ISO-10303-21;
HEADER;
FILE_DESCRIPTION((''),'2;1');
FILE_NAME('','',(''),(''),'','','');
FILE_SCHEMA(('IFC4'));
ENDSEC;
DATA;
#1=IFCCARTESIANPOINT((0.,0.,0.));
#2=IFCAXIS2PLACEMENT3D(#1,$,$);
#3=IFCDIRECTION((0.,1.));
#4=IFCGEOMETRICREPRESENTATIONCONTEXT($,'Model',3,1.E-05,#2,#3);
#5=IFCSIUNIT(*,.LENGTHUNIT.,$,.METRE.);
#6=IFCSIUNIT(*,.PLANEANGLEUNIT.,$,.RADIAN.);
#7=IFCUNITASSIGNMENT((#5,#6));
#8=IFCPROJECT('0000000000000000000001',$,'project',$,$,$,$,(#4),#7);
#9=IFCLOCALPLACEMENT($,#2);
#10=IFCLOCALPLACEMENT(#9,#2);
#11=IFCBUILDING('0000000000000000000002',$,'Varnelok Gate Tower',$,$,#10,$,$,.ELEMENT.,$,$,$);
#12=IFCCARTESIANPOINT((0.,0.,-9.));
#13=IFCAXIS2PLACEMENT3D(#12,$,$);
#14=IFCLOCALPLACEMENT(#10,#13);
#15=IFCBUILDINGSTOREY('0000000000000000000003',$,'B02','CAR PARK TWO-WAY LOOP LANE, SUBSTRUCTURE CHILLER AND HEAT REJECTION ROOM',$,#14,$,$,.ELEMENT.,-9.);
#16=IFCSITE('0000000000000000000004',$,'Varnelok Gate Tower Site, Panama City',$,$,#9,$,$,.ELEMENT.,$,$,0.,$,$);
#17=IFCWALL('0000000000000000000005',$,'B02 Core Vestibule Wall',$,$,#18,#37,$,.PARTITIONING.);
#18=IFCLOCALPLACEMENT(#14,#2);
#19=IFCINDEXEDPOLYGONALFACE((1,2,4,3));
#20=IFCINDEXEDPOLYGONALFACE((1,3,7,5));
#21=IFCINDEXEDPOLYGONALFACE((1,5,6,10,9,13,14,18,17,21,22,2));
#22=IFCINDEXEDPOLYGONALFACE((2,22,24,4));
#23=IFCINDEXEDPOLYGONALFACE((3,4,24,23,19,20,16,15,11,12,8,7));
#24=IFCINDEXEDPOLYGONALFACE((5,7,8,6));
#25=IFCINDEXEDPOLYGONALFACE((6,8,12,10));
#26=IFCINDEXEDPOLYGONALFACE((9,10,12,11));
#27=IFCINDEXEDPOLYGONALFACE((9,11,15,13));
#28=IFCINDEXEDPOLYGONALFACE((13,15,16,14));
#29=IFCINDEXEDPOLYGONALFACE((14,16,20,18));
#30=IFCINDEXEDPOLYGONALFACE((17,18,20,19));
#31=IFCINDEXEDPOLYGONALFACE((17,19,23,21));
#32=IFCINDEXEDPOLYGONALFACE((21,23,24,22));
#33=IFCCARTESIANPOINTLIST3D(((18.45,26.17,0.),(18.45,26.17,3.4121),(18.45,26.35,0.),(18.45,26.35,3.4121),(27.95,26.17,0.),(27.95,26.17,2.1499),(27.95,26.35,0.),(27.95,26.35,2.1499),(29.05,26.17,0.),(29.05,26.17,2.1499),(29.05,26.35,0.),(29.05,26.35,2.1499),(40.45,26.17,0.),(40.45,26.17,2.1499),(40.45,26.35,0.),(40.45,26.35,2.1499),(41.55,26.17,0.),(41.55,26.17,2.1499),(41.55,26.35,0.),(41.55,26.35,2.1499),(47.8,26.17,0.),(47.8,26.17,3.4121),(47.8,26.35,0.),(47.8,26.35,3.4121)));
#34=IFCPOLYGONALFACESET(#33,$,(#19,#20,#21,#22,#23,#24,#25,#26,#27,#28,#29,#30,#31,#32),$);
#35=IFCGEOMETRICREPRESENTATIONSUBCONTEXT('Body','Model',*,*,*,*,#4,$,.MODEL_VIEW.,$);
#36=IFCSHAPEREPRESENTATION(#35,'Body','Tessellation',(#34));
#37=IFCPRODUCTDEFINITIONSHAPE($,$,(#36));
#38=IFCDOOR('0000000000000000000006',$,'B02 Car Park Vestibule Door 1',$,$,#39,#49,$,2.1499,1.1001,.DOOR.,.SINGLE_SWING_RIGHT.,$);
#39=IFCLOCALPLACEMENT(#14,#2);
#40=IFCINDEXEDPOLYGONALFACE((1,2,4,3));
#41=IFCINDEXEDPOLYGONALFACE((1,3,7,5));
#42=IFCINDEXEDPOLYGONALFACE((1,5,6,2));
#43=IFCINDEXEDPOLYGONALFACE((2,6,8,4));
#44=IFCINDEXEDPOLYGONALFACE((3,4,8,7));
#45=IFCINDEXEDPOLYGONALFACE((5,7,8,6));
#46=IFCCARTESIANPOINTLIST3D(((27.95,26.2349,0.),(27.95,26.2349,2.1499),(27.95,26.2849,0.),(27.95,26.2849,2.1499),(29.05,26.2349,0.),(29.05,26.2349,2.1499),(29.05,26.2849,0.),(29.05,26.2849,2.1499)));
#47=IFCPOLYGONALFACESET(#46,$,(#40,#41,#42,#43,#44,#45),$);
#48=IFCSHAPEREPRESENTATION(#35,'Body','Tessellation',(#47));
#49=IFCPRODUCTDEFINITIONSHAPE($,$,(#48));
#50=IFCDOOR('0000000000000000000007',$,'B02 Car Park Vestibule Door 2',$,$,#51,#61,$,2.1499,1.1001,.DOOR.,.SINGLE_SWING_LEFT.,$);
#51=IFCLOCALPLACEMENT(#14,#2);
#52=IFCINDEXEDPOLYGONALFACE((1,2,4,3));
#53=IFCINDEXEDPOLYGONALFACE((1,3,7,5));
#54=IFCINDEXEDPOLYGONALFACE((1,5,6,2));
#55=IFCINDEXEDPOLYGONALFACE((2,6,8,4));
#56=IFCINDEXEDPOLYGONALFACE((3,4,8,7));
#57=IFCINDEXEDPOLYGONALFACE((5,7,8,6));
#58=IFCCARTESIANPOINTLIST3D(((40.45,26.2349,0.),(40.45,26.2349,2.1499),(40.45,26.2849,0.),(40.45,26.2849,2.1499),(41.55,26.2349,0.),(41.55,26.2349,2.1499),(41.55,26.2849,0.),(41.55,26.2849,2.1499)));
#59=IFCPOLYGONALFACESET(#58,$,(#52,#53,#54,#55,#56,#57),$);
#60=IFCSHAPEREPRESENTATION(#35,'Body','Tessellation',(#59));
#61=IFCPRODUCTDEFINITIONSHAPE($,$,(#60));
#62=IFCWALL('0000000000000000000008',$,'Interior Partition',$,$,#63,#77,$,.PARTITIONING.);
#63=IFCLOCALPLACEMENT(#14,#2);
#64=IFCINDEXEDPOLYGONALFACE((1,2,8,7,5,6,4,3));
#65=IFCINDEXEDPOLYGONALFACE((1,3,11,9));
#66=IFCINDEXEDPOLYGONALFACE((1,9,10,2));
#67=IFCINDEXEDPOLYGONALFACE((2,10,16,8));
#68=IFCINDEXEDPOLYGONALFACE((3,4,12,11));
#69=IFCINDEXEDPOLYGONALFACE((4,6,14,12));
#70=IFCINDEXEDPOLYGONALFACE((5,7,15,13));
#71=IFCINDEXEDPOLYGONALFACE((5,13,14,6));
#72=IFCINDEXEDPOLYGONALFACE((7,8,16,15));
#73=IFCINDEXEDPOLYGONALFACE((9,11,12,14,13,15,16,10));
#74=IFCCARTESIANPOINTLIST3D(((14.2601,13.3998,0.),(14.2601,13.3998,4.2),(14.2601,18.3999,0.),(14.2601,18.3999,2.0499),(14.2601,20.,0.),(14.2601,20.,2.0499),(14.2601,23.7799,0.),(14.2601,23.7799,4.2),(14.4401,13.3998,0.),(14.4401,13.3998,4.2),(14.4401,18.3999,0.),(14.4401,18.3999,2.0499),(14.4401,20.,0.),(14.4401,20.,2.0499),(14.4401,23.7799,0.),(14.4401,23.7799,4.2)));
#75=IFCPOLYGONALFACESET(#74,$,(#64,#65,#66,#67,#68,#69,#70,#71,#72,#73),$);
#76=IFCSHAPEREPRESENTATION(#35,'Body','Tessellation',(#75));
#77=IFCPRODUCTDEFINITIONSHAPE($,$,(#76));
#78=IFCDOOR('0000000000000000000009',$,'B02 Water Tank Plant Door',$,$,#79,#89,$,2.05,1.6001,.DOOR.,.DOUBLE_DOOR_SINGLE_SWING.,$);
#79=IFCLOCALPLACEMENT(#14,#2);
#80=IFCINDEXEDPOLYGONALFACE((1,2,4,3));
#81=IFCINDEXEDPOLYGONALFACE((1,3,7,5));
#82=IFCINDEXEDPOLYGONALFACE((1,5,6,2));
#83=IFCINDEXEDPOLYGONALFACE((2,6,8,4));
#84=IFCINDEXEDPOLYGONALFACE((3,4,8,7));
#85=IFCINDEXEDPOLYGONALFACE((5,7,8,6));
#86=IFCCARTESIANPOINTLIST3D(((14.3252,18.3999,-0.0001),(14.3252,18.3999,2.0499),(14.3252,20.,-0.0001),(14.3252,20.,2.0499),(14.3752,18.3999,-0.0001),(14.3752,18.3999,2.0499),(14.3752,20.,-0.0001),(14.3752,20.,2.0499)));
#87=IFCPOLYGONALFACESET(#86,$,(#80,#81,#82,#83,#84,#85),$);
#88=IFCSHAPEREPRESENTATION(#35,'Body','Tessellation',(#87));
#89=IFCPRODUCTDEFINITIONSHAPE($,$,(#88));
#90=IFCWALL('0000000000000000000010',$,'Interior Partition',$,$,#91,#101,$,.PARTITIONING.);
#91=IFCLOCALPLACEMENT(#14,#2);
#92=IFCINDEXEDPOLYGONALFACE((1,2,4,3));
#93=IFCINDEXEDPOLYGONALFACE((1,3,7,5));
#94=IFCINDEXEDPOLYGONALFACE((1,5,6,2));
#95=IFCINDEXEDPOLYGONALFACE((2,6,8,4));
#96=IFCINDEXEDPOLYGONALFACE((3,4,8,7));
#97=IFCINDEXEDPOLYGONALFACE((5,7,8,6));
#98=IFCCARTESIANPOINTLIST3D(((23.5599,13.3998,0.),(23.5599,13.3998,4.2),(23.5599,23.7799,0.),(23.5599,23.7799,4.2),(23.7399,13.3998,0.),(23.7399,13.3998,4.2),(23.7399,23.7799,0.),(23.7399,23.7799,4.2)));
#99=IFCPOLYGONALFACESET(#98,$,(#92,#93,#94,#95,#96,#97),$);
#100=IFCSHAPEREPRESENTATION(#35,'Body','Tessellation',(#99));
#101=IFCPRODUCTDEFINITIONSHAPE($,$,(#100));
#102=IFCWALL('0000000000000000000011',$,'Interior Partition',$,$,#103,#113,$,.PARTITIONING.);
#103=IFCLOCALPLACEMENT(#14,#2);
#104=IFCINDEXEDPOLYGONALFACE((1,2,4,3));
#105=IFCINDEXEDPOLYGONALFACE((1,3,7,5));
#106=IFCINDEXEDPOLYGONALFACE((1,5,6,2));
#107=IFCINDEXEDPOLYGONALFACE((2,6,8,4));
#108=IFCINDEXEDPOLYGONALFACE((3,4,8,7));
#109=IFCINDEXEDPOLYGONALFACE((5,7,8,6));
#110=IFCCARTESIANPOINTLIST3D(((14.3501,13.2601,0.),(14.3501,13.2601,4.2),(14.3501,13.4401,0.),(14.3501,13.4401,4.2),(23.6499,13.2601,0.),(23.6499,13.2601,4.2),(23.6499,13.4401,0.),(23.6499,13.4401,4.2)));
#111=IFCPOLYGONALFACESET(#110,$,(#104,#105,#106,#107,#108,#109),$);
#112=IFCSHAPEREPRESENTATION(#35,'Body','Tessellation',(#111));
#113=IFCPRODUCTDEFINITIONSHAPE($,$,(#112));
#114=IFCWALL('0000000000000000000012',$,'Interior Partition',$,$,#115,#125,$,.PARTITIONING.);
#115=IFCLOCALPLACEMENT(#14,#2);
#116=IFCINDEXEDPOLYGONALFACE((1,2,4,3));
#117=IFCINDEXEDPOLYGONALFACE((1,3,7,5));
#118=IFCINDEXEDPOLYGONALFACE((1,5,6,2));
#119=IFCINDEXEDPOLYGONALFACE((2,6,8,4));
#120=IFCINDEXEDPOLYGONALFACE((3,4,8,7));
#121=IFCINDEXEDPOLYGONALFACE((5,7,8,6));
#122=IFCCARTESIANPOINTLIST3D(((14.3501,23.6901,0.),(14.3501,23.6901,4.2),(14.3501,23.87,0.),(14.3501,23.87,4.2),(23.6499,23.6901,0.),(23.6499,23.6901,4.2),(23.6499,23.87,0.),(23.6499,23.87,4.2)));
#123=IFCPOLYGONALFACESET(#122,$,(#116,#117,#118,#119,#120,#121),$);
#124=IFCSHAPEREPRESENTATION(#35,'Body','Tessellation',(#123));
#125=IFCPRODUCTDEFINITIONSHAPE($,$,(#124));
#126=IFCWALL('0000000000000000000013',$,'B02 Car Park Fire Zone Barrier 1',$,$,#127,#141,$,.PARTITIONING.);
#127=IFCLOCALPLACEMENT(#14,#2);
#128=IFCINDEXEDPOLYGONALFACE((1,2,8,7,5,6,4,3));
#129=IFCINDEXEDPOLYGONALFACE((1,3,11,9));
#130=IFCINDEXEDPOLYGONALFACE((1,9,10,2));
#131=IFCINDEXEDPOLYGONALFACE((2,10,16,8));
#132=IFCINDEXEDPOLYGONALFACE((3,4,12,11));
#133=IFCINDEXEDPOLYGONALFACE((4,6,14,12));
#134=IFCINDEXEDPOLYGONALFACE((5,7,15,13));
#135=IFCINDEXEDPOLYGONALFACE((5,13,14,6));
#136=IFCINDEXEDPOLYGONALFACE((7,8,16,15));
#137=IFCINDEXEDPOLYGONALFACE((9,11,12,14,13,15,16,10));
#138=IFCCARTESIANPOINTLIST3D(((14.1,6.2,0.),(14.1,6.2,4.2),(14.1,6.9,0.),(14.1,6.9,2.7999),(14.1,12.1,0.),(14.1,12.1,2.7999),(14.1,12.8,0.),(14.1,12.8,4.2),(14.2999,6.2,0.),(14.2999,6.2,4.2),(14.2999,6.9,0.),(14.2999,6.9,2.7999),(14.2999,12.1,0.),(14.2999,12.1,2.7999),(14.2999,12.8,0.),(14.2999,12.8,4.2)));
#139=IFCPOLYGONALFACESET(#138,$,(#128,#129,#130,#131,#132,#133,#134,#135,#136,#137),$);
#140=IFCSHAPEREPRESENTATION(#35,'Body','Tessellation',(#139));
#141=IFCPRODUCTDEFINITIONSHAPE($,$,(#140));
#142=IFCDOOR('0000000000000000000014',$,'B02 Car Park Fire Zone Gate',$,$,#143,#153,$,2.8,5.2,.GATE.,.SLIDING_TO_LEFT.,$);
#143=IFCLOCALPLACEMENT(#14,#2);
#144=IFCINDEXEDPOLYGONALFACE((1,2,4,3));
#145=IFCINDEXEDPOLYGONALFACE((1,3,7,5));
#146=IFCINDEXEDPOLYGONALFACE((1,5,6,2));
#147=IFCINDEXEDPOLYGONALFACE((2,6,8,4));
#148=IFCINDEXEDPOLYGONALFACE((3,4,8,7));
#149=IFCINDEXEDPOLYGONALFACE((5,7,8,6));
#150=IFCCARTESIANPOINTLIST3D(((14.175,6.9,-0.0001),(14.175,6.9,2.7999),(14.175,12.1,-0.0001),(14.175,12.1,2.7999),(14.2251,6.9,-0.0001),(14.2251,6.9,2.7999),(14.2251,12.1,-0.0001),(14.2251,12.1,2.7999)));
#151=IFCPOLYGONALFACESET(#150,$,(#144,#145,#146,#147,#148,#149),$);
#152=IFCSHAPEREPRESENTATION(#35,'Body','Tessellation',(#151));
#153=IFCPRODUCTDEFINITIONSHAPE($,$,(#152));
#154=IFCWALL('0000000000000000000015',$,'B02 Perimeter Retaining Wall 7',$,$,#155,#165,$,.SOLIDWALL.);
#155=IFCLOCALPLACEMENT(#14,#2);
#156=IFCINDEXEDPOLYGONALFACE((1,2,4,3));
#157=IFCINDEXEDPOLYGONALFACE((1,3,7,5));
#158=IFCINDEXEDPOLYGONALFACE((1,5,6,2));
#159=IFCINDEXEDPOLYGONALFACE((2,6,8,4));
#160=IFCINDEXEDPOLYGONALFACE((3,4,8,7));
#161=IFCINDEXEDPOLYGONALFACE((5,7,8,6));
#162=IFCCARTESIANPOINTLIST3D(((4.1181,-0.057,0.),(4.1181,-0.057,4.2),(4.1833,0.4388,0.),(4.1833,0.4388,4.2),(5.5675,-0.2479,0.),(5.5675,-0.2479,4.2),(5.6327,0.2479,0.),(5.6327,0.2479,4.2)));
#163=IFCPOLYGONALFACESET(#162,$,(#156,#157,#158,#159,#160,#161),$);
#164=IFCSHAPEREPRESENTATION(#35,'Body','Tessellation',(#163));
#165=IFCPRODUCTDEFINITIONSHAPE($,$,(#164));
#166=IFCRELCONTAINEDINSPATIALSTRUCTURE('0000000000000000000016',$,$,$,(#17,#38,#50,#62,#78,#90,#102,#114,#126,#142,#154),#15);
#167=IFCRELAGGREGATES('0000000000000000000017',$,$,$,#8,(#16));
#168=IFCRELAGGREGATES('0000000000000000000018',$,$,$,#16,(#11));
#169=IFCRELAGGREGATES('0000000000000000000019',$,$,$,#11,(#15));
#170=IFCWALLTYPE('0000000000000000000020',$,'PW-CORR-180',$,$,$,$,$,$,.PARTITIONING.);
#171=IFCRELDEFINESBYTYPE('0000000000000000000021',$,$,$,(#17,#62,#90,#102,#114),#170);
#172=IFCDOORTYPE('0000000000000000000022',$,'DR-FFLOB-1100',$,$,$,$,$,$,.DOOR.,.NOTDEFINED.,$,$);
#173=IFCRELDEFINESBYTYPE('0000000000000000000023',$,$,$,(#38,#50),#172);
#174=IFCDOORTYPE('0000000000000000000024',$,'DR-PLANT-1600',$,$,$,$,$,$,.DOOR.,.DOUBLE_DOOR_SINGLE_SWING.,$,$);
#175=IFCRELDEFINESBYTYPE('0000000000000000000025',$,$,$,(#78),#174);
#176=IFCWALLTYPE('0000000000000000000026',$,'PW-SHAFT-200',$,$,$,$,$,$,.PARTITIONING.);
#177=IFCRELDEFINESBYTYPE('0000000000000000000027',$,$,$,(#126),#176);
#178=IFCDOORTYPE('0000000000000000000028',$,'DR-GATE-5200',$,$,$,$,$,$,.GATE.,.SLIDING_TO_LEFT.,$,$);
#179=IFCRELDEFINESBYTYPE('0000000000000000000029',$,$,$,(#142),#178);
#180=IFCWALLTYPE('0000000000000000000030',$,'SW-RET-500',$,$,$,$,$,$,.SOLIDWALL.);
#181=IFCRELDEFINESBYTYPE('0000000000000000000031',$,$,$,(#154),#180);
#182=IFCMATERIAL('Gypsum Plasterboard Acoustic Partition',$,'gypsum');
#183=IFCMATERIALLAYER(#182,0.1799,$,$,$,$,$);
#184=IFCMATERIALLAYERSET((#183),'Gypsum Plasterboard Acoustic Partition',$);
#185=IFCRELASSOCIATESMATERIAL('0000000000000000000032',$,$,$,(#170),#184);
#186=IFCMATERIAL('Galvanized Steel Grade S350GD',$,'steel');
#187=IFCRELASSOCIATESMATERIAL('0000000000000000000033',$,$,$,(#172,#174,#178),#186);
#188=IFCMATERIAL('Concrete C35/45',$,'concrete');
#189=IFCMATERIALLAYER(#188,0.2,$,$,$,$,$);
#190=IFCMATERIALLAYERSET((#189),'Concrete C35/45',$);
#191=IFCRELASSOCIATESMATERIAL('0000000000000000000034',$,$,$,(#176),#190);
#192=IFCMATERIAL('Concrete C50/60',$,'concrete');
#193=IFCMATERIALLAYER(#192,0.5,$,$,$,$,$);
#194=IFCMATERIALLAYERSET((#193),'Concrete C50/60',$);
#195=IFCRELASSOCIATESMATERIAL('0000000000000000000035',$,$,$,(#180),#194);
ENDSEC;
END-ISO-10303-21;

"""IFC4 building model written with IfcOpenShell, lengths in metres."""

from ifc_helpers import new_model, si_unit, direction, frame, frame_2d, origin, place, context, subcontext, project, spatial, rectangle, extrude, material, layer, layer_set, type_object, element, fill, save


model = new_model("IFC4")

# Units and contexts
model_context = context("Model", 3, precision=1e-05, world=origin(), true_north=direction((0.0, 1.0)))
body_context = subcontext(model_context, "Body", "Model", "MODEL_VIEW")
ifc_project = project(units=[si_unit("LENGTHUNIT", "METRE"), si_unit("PLANEANGLEUNIT", "RADIAN")], contexts=[model_context])

# Site, building, storey
site_placement = place(None, origin())
site = spatial("IfcSite", under=ifc_project, at=site_placement, Name="Varnelok Gate Tower Site, Panama City", CompositionType="ELEMENT", RefElevation=0.0)
building_placement = place(site_placement, origin())
building = spatial("IfcBuilding", under=site, at=building_placement, Name="Varnelok Gate Tower", CompositionType="ELEMENT")
storey_placement = place(building_placement, frame((0.0, 0.0, -9.0)))
storey = spatial("IfcBuildingStorey", under=building, at=storey_placement, Name="B02", Description="CAR PARK TWO-WAY LOOP LANE, SUBSTRUCTURE CHILLER AND HEAT REJECTION ROOM", CompositionType="ELEMENT", Elevation=-9.0)

# Shared definitions
ifc_material_1 = material(Name="Concrete C50/60", Category="concrete")

# Wall, openings, doors
ifc_material_2 = material(Name="Gypsum Plasterboard Acoustic Partition", Category="gypsum")
ifc_layer_1 = layer(ifc_material_2, 0.1799)
ifc_layer_set_1 = layer_set([ifc_layer_1], Name="Gypsum Plasterboard Acoustic Partition")
wall_type_1 = type_object("IfcWallType", Name="PW-CORR-180", PredefinedType="PARTITIONING", material=ifc_layer_set_1)
wall_1_placement = place(storey_placement, frame((18.45, 26.26, 0.0), z_axis=(0.0, 0.0, 1.0), x_axis=(1.0, 0.0, 0.0)))
wall_1 = element("IfcWall", 1, at=wall_1_placement, inside=storey, type_object=wall_type_1, Name="B02 Core Vestibule Wall", PredefinedType="PARTITIONING", context=body_context, shape_type="SweptSolid", body=[
    extrude(rectangle(XDim=29.3501, YDim=0.1799, at=frame_2d((14.675, 0.0))), origin(), (0.0, 0.0, 1.0), 3.4121),
])
opening_1_placement = place(wall_1_placement, frame((9.5, 0.0, 0.0)))
opening_1 = element("IfcOpeningElement", 2, at=opening_1_placement, cuts=wall_1, PredefinedType="OPENING", context=body_context, shape_type="SweptSolid", body=[
    extrude(rectangle(XDim=1.1001, YDim=2.1499, at=frame_2d((0.55, 1.075))), frame((0.0, 0.0999, 0.0), z_axis=(0.0, -1.0, 0.0), x_axis=(1.0, 0.0, 0.0)), (0.0, 0.0, 1.0), 0.2),
])
opening_2_placement = place(wall_1_placement, frame((22.0, 0.0, 0.0)))
opening_2 = element("IfcOpeningElement", 3, at=opening_2_placement, cuts=wall_1, PredefinedType="OPENING", context=body_context, shape_type="SweptSolid", body=[
    extrude(rectangle(XDim=1.1001, YDim=2.1499, at=frame_2d((0.55, 1.075))), frame((0.0, 0.0999, 0.0), z_axis=(0.0, -1.0, 0.0), x_axis=(1.0, 0.0, 0.0)), (0.0, 0.0, 1.0), 0.2),
])
ifc_material_3 = material(Name="Galvanized Steel Grade S350GD", Category="steel")
door_type_1 = type_object("IfcDoorType", Name="DR-FFLOB-1100", OperationType="NOTDEFINED", PredefinedType="DOOR", material=ifc_material_3)
door_1_placement = place(opening_1_placement, origin())
door_1 = element("IfcDoor", 4, at=door_1_placement, inside=storey, type_object=door_type_1, Name="B02 Car Park Vestibule Door 1", OperationType="SINGLE_SWING_RIGHT", OverallHeight=2.1499, OverallWidth=1.1001, PredefinedType="DOOR", context=body_context, shape_type="SweptSolid", body=[
    extrude(rectangle(XDim=1.1001, YDim=2.1499, at=frame_2d((0.55, 1.075))), frame((0.0, 0.0249, 0.0), z_axis=(0.0, -1.0, 0.0), x_axis=(1.0, 0.0, 0.0)), (0.0, 0.0, 1.0), 0.05),
])
fill(opening_1, door_1)
door_2_placement = place(opening_2_placement, origin())
door_2 = element("IfcDoor", 5, at=door_2_placement, inside=storey, type_object=door_type_1, Name="B02 Car Park Vestibule Door 2", OperationType="SINGLE_SWING_LEFT", OverallHeight=2.1499, OverallWidth=1.1001, PredefinedType="DOOR", context=body_context, shape_type="SweptSolid", body=[
    extrude(rectangle(XDim=1.1001, YDim=2.1499, at=frame_2d((0.55, 1.075))), frame((0.0, 0.0249, 0.0), z_axis=(0.0, -1.0, 0.0), x_axis=(1.0, 0.0, 0.0)), (0.0, 0.0, 1.0), 0.05),
])
fill(opening_2, door_2)

# Wall, opening, door
wall_2_placement = place(storey_placement, frame((14.3501, 13.3999, 0.0), z_axis=(0.0, 0.0, 1.0), x_axis=(0.0, 1.0, 0.0)))
wall_2 = element("IfcWall", 6, at=wall_2_placement, inside=storey, type_object=wall_type_1, Name="Interior Partition", PredefinedType="PARTITIONING", context=body_context, shape_type="SweptSolid", body=[
    extrude(rectangle(XDim=10.3801, YDim=0.1799, at=frame_2d((5.1899, 0.0))), origin(), (0.0, 0.0, 1.0), 4.2),
])
opening_3_placement = place(wall_2_placement, frame((5.0, 0.0, 0.0)))
opening_3 = element("IfcOpeningElement", 7, at=opening_3_placement, cuts=wall_2, PredefinedType="OPENING", context=body_context, shape_type="SweptSolid", body=[
    extrude(rectangle(XDim=1.6001, YDim=2.05, at=frame_2d((0.8, 1.0249))), frame((0.0, 0.0999, 0.0), z_axis=(0.0, -1.0, 0.0), x_axis=(1.0, 0.0, 0.0)), (0.0, 0.0, 1.0), 0.2),
])
door_type_2 = type_object("IfcDoorType", Name="DR-PLANT-1600", OperationType="DOUBLE_DOOR_SINGLE_SWING", PredefinedType="DOOR", material=ifc_material_3)
door_3_placement = place(opening_3_placement, origin())
door_3 = element("IfcDoor", 8, at=door_3_placement, inside=storey, type_object=door_type_2, Name="B02 Water Tank Plant Door", OperationType="DOUBLE_DOOR_SINGLE_SWING", OverallHeight=2.05, OverallWidth=1.6001, PredefinedType="DOOR", context=body_context, shape_type="SweptSolid", body=[
    extrude(rectangle(XDim=1.6001, YDim=2.05, at=frame_2d((0.8, 1.0249))), frame((0.0, 0.0249, 0.0), z_axis=(0.0, -1.0, 0.0), x_axis=(1.0, 0.0, 0.0)), (0.0, 0.0, 1.0), 0.05),
])
fill(opening_3, door_3)

# Walls
wall_3_placement = place(storey_placement, frame((23.6499, 13.3999, 0.0), z_axis=(0.0, 0.0, 1.0), x_axis=(0.0, 1.0, 0.0)))
element("IfcWall", 9, at=wall_3_placement, inside=storey, type_object=wall_type_1, Name="Interior Partition", PredefinedType="PARTITIONING", context=body_context, shape_type="SweptSolid", body=[
    extrude(rectangle(XDim=10.3801, YDim=0.1799, at=frame_2d((5.1899, 0.0))), origin(), (0.0, 0.0, 1.0), 4.2),
])
for number, where, z_axis, x_axis, name in (
    (10, (14.3501, 13.3501, 0.0), (0.0, 0.0, 1.0), (1.0, 0.0, 0.0), "Interior Partition"),
    (11, (14.3501, 23.78, 0.0), (0.0, 0.0, 1.0), (1.0, 0.0, 0.0), "Interior Partition"),
):
    element("IfcWall", number, at=place(storey_placement, frame(where, z_axis=z_axis, x_axis=x_axis)), inside=storey, type_object=wall_type_1, Name=name, PredefinedType="PARTITIONING", context=body_context, shape_type="SweptSolid", body=[
        extrude(rectangle(XDim=9.2998, YDim=0.1799, at=frame_2d((4.6499, 0.0))), origin(), (0.0, 0.0, 1.0), 4.2),
    ])

# Wall, opening, door
ifc_material_4 = material(Name="Concrete C35/45", Category="concrete")
ifc_layer_2 = layer(ifc_material_4, 0.2)
ifc_layer_set_2 = layer_set([ifc_layer_2], Name="Concrete C35/45")
wall_type_2 = type_object("IfcWallType", Name="PW-SHAFT-200", PredefinedType="PARTITIONING", material=ifc_layer_set_2)
wall_4_placement = place(storey_placement, frame((14.2, 6.2, 0.0), z_axis=(0.0, 0.0, 1.0), x_axis=(0.0, 1.0, 0.0)))
wall_4 = element("IfcWall", 12, at=wall_4_placement, inside=storey, type_object=wall_type_2, Name="B02 Car Park Fire Zone Barrier 1", PredefinedType="PARTITIONING", context=body_context, shape_type="SweptSolid", body=[
    extrude(rectangle(XDim=6.6001, YDim=0.2, at=frame_2d((3.3, 0.0))), origin(), (0.0, 0.0, 1.0), 4.2),
])
opening_4_placement = place(wall_4_placement, frame((0.7, 0.0, 0.0)))
opening_4 = element("IfcOpeningElement", 13, at=opening_4_placement, cuts=wall_4, PredefinedType="OPENING", context=body_context, shape_type="SweptSolid", body=[
    extrude(rectangle(XDim=5.2, YDim=2.8, at=frame_2d((2.6001, 1.3999))), frame((0.0, 0.1099, 0.0), z_axis=(0.0, -1.0, 0.0), x_axis=(1.0, 0.0, 0.0)), (0.0, 0.0, 1.0), 0.22),
])
door_type_3 = type_object("IfcDoorType", Name="DR-GATE-5200", OperationType="SLIDING_TO_LEFT", PredefinedType="GATE", material=ifc_material_3)
door_4_placement = place(opening_4_placement, origin())
door_4 = element("IfcDoor", 14, at=door_4_placement, inside=storey, type_object=door_type_3, Name="B02 Car Park Fire Zone Gate", OperationType="SLIDING_TO_LEFT", OverallHeight=2.8, OverallWidth=5.2, PredefinedType="GATE", context=body_context, shape_type="SweptSolid", body=[
    extrude(rectangle(XDim=5.2, YDim=2.8, at=frame_2d((2.6001, 1.3999))), frame((0.0, 0.0249, 0.0), z_axis=(0.0, -1.0, 0.0), x_axis=(1.0, 0.0, 0.0)), (0.0, 0.0, 1.0), 0.05),
])
fill(opening_4, door_4)

# Wall
ifc_layer_3 = layer(ifc_material_1, 0.5)
ifc_layer_set_3 = layer_set([ifc_layer_3], Name="Concrete C50/60")
wall_type_3 = type_object("IfcWallType", Name="SW-RET-500", PredefinedType="SOLIDWALL", material=ifc_layer_set_3)
wall_5_placement = place(storey_placement, frame((5.6001, 0.0, 0.0), z_axis=(0.0, 0.0, 1.0), x_axis=(-0.991437, 0.130588, 0.0)))
element("IfcWall", 15, at=wall_5_placement, inside=storey, type_object=wall_type_3, Name="B02 Perimeter Retaining Wall 7", PredefinedType="SOLIDWALL", context=body_context, shape_type="SweptSolid", body=[
    extrude(rectangle(XDim=1.4619, YDim=0.5, at=frame_2d((0.731, 0.0))), origin(), (0.0, 0.0, 1.0), 4.2),
])

save(model, "model.ifc")
